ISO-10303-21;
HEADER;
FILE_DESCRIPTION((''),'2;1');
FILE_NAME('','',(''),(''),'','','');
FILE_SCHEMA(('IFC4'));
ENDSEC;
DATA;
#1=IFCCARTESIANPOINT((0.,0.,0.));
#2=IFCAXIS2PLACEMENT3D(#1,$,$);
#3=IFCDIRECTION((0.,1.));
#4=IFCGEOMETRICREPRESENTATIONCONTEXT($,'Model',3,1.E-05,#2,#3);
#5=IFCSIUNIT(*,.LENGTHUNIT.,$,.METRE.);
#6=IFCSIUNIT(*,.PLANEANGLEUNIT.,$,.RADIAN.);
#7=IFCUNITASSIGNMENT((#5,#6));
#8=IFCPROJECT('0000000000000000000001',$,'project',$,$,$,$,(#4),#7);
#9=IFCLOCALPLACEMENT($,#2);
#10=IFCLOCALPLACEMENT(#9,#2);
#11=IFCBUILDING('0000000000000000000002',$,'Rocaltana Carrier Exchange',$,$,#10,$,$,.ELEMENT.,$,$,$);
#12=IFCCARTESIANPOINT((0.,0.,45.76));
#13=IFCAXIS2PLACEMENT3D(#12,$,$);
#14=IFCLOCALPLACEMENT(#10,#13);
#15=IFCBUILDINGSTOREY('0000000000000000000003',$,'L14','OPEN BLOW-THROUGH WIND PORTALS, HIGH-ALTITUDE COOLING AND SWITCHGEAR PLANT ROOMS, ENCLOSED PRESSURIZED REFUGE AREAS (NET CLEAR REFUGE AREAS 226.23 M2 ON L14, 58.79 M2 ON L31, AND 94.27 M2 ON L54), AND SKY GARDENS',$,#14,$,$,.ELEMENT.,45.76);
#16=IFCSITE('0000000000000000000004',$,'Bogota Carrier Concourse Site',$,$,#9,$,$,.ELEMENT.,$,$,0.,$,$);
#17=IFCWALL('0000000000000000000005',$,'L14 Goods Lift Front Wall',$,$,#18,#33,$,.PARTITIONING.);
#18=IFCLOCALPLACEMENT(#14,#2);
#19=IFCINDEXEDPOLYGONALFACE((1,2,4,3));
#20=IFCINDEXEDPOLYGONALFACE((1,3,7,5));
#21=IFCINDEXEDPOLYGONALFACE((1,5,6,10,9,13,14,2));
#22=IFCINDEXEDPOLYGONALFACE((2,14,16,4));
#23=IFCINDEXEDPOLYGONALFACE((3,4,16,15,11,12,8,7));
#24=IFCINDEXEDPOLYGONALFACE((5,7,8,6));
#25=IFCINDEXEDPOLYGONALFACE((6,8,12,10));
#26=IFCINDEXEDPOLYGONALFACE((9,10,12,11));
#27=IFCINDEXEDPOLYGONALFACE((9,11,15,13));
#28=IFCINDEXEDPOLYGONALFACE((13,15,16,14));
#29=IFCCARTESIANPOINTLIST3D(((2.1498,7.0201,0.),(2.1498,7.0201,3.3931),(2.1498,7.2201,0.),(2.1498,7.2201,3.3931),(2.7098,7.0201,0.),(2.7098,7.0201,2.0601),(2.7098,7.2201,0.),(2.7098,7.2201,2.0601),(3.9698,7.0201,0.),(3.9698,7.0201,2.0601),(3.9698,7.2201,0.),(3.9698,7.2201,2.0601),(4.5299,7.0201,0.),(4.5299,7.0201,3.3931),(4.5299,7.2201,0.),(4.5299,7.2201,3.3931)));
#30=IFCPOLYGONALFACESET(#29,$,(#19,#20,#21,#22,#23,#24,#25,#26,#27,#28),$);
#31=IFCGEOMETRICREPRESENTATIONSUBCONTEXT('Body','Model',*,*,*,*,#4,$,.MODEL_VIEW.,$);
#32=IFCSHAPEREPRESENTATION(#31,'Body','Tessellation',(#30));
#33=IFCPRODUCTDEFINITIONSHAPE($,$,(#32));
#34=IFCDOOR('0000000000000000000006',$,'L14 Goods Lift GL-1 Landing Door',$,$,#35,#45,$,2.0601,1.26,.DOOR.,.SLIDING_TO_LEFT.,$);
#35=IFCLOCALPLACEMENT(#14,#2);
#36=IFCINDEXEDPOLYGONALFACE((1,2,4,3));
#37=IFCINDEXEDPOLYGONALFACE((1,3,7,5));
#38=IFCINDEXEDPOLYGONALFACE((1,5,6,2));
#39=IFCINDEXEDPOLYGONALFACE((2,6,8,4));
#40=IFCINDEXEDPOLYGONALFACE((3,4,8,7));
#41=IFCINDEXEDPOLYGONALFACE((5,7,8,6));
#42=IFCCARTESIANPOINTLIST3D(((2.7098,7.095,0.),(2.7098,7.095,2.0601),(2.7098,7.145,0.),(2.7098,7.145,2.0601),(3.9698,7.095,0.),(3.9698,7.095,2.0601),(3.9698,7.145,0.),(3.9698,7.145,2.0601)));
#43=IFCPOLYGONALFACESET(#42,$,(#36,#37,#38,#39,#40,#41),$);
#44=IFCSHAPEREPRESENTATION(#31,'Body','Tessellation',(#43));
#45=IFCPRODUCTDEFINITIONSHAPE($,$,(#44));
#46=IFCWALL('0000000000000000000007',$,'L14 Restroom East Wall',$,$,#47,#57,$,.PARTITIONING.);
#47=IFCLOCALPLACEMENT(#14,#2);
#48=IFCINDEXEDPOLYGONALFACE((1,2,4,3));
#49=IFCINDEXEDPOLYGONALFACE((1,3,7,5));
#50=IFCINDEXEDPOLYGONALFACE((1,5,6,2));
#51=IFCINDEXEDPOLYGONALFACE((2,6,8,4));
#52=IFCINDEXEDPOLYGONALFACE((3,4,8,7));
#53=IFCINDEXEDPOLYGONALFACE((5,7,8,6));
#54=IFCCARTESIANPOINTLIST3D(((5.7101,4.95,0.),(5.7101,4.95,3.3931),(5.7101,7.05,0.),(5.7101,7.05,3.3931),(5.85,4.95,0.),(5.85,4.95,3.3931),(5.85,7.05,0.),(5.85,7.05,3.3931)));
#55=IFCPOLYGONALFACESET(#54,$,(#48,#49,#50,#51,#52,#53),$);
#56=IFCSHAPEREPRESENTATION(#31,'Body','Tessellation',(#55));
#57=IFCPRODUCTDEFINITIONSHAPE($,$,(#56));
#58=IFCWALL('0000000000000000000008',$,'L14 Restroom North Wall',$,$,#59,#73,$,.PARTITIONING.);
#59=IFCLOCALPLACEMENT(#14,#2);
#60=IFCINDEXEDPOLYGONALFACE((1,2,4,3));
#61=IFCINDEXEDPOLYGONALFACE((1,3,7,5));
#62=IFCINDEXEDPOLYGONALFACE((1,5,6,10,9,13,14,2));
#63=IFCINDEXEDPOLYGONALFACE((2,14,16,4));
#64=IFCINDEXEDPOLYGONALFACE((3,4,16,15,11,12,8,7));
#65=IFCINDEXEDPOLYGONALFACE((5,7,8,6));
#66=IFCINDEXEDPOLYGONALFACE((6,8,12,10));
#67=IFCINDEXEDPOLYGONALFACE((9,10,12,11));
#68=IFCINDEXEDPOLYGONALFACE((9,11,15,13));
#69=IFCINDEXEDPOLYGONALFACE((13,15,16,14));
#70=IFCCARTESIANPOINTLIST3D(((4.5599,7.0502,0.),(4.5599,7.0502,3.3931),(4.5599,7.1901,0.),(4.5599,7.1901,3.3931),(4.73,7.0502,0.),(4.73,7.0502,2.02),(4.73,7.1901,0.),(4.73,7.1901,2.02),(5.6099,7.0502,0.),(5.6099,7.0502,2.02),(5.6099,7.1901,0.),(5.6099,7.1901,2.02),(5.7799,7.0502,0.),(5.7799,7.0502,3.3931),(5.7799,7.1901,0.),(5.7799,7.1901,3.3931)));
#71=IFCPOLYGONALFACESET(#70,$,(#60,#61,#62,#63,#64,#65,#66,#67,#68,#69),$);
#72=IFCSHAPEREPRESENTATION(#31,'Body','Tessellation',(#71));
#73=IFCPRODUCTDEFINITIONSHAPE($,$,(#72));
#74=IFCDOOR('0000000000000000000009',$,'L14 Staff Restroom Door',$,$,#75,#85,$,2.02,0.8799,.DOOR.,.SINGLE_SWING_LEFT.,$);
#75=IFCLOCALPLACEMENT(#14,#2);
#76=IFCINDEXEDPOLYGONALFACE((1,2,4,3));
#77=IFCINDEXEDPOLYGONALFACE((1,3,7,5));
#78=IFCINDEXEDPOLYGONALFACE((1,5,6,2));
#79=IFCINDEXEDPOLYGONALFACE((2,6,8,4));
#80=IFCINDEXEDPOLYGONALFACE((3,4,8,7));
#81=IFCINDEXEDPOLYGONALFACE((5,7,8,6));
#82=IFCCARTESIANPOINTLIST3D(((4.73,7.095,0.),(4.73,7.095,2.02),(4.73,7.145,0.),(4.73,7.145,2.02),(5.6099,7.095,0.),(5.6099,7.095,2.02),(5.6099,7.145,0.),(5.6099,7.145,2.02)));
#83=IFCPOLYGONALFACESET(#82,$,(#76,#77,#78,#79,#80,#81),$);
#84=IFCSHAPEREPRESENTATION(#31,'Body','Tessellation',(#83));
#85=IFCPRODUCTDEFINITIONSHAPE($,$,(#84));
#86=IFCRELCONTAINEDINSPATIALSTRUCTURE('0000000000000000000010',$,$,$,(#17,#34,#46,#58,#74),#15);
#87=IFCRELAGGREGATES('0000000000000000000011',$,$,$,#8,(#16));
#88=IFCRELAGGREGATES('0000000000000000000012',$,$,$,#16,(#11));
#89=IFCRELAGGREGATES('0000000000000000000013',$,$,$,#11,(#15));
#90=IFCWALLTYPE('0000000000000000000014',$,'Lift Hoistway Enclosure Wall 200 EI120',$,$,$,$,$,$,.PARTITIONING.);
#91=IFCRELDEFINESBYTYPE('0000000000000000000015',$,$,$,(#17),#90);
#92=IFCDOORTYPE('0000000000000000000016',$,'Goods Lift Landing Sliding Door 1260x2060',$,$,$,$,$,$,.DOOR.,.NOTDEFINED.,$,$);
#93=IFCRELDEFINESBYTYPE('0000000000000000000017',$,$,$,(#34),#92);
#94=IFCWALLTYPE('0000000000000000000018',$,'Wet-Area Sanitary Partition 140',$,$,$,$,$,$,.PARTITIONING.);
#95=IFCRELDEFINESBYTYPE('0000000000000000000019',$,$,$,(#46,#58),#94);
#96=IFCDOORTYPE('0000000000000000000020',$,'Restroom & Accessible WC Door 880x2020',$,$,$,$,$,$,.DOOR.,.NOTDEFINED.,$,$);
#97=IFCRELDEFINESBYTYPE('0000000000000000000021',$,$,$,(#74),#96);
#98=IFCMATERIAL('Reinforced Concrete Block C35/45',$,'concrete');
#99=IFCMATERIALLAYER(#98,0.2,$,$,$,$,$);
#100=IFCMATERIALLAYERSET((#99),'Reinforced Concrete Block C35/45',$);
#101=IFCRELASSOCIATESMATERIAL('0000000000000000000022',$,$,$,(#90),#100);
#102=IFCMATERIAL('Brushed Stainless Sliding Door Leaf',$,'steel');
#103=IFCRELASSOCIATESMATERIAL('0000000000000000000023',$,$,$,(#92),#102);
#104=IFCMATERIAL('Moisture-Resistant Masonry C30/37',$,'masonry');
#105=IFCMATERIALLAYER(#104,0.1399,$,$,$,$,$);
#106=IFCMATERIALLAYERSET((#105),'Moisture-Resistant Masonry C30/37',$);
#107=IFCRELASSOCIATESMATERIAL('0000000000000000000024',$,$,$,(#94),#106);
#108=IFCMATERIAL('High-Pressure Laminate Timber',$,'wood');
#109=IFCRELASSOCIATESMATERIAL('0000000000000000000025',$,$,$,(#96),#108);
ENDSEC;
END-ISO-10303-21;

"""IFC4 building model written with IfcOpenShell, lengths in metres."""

from ifc_helpers import new_model, si_unit, direction, frame, frame_2d, origin, place, context, subcontext, project, spatial, rectangle, extrude, material, layer, layer_set, type_object, element, fill, save


model = new_model("IFC4")

# Units and contexts
model_context = context("Model", 3, precision=1e-05, world=origin(), true_north=direction((0.0, 1.0)))
body_context = subcontext(model_context, "Body", "Model", "MODEL_VIEW")
ifc_project = project(units=[si_unit("LENGTHUNIT", "METRE"), si_unit("PLANEANGLEUNIT", "RADIAN")], contexts=[model_context])

# Site, building, storey
site_placement = place(None, origin())
site = spatial("IfcSite", under=ifc_project, at=site_placement, Name="Bogota Carrier Concourse Site", CompositionType="ELEMENT", RefElevation=0.0)
building_placement = place(site_placement, origin())
building = spatial("IfcBuilding", under=site, at=building_placement, Name="Rocaltana Carrier Exchange", CompositionType="ELEMENT")
storey_placement = place(building_placement, frame((0.0, 0.0, 45.76)))
storey = spatial("IfcBuildingStorey", under=building, at=storey_placement, Name="L14", Description="OPEN BLOW-THROUGH WIND PORTALS, HIGH-ALTITUDE COOLING AND SWITCHGEAR PLANT ROOMS, ENCLOSED PRESSURIZED REFUGE AREAS (NET CLEAR REFUGE AREAS 226.23 M2 ON L14, 58.79 M2 ON L31, AND 94.27 M2 ON L54), AND SKY GARDENS", CompositionType="ELEMENT", Elevation=45.76)

# Shared definitions
ifc_material_1 = material(Name="Reinforced Concrete Block C35/45", Category="concrete")
ifc_layer_1 = layer(ifc_material_1, 0.2)
ifc_layer_set_1 = layer_set([ifc_layer_1], Name="Reinforced Concrete Block C35/45")
wall_type_1 = type_object("IfcWallType", Name="Lift Hoistway Enclosure Wall 200 EI120", PredefinedType="PARTITIONING", material=ifc_layer_set_1)

# Wall, opening, door
wall_1_placement = place(storey_placement, frame((2.1499, 7.1201, 0.0), z_axis=(0.0, 0.0, 1.0), x_axis=(1.0, 0.0, 0.0)))
wall_1 = element("IfcWall", 1, at=wall_1_placement, inside=storey, type_object=wall_type_1, Name="L14 Goods Lift Front Wall", PredefinedType="PARTITIONING", context=body_context, shape_type="SweptSolid", body=[
    extrude(rectangle(XDim=2.3801, YDim=0.2, at=frame_2d((1.1899, 0.0))), origin(), (0.0, 0.0, 1.0), 3.3931),
])
opening_1_placement = place(wall_1_placement, frame((0.5601, 0.0, 0.0)))
opening_1 = element("IfcOpeningElement", 2, at=opening_1_placement, cuts=wall_1, PredefinedType="OPENING", context=body_context, shape_type="SweptSolid", body=[
    extrude(rectangle(XDim=1.26, YDim=2.0601, at=frame_2d((0.6299, 1.03))), frame((0.0, 0.1099, 0.0), z_axis=(0.0, -1.0, 0.0), x_axis=(1.0, 0.0, 0.0)), (0.0, 0.0, 1.0), 0.22),
])
ifc_material_2 = material(Name="Brushed Stainless Sliding Door Leaf", Category="steel")
door_type_1 = type_object("IfcDoorType", Name="Goods Lift Landing Sliding Door 1260x2060", OperationType="NOTDEFINED", PredefinedType="DOOR", material=ifc_material_2)
door_1_placement = place(opening_1_placement, origin())
door_1 = element("IfcDoor", 3, at=door_1_placement, inside=storey, type_object=door_type_1, Name="L14 Goods Lift GL-1 Landing Door", OperationType="SLIDING_TO_LEFT", OverallHeight=2.0601, OverallWidth=1.26, PredefinedType="DOOR", context=body_context, shape_type="SweptSolid", body=[
    extrude(rectangle(XDim=1.26, YDim=2.0601, at=frame_2d((0.6299, 1.03))), frame((0.0, 0.0249, 0.0), z_axis=(0.0, -1.0, 0.0), x_axis=(1.0, 0.0, 0.0)), (0.0, 0.0, 1.0), 0.05),
])
fill(opening_1, door_1)

# Wall
ifc_material_3 = material(Name="Moisture-Resistant Masonry C30/37", Category="masonry")
ifc_layer_2 = layer(ifc_material_3, 0.1399)
ifc_layer_set_2 = layer_set([ifc_layer_2], Name="Moisture-Resistant Masonry C30/37")
wall_type_2 = type_object("IfcWallType", Name="Wet-Area Sanitary Partition 140", PredefinedType="PARTITIONING", material=ifc_layer_set_2)
wall_2_placement = place(storey_placement, frame((5.78, 4.95, 0.0), z_axis=(0.0, 0.0, 1.0), x_axis=(0.0, 1.0, 0.0)))
element("IfcWall", 4, at=wall_2_placement, inside=storey, type_object=wall_type_2, Name="L14 Restroom East Wall", PredefinedType="PARTITIONING", context=body_context, shape_type="SweptSolid", body=[
    extrude(rectangle(XDim=2.1001, YDim=0.1399, at=frame_2d((1.05, 0.0))), origin(), (0.0, 0.0, 1.0), 3.3931),
])

# Wall, opening, door
wall_3_placement = place(storey_placement, frame((4.5601, 7.1201, 0.0), z_axis=(0.0, 0.0, 1.0), x_axis=(1.0, 0.0, 0.0)))
wall_3 = element("IfcWall", 5, at=wall_3_placement, inside=storey, type_object=wall_type_2, Name="L14 Restroom North Wall", PredefinedType="PARTITIONING", context=body_context, shape_type="SweptSolid", body=[
    extrude(rectangle(XDim=1.22, YDim=0.1399, at=frame_2d((0.6099, 0.0))), origin(), (0.0, 0.0, 1.0), 3.3931),
])
opening_2_placement = place(wall_3_placement, frame((0.1699, 0.0, 0.0)))
opening_2 = element("IfcOpeningElement", 6, at=opening_2_placement, cuts=wall_3, PredefinedType="OPENING", context=body_context, shape_type="SweptSolid", body=[
    extrude(rectangle(XDim=0.8799, YDim=2.02, at=frame_2d((0.4399, 1.01))), frame((0.0, 0.0798, 0.0), z_axis=(0.0, -1.0, 0.0), x_axis=(1.0, 0.0, 0.0)), (0.0, 0.0, 1.0), 0.1599),
])
ifc_material_4 = material(Name="High-Pressure Laminate Timber", Category="wood")
door_type_2 = type_object("IfcDoorType", Name="Restroom & Accessible WC Door 880x2020", OperationType="NOTDEFINED", PredefinedType="DOOR", material=ifc_material_4)
door_2_placement = place(opening_2_placement, origin())
door_2 = element("IfcDoor", 7, at=door_2_placement, inside=storey, type_object=door_type_2, Name="L14 Staff Restroom Door", OperationType="SINGLE_SWING_LEFT", OverallHeight=2.02, OverallWidth=0.8799, PredefinedType="DOOR", context=body_context, shape_type="SweptSolid", body=[
    extrude(rectangle(XDim=0.8799, YDim=2.02, at=frame_2d((0.4399, 1.01))), frame((0.0, 0.0249, 0.0), z_axis=(0.0, -1.0, 0.0), x_axis=(1.0, 0.0, 0.0)), (0.0, 0.0, 1.0), 0.05),
])
fill(opening_2, door_2)

save(model, "model.ifc")
